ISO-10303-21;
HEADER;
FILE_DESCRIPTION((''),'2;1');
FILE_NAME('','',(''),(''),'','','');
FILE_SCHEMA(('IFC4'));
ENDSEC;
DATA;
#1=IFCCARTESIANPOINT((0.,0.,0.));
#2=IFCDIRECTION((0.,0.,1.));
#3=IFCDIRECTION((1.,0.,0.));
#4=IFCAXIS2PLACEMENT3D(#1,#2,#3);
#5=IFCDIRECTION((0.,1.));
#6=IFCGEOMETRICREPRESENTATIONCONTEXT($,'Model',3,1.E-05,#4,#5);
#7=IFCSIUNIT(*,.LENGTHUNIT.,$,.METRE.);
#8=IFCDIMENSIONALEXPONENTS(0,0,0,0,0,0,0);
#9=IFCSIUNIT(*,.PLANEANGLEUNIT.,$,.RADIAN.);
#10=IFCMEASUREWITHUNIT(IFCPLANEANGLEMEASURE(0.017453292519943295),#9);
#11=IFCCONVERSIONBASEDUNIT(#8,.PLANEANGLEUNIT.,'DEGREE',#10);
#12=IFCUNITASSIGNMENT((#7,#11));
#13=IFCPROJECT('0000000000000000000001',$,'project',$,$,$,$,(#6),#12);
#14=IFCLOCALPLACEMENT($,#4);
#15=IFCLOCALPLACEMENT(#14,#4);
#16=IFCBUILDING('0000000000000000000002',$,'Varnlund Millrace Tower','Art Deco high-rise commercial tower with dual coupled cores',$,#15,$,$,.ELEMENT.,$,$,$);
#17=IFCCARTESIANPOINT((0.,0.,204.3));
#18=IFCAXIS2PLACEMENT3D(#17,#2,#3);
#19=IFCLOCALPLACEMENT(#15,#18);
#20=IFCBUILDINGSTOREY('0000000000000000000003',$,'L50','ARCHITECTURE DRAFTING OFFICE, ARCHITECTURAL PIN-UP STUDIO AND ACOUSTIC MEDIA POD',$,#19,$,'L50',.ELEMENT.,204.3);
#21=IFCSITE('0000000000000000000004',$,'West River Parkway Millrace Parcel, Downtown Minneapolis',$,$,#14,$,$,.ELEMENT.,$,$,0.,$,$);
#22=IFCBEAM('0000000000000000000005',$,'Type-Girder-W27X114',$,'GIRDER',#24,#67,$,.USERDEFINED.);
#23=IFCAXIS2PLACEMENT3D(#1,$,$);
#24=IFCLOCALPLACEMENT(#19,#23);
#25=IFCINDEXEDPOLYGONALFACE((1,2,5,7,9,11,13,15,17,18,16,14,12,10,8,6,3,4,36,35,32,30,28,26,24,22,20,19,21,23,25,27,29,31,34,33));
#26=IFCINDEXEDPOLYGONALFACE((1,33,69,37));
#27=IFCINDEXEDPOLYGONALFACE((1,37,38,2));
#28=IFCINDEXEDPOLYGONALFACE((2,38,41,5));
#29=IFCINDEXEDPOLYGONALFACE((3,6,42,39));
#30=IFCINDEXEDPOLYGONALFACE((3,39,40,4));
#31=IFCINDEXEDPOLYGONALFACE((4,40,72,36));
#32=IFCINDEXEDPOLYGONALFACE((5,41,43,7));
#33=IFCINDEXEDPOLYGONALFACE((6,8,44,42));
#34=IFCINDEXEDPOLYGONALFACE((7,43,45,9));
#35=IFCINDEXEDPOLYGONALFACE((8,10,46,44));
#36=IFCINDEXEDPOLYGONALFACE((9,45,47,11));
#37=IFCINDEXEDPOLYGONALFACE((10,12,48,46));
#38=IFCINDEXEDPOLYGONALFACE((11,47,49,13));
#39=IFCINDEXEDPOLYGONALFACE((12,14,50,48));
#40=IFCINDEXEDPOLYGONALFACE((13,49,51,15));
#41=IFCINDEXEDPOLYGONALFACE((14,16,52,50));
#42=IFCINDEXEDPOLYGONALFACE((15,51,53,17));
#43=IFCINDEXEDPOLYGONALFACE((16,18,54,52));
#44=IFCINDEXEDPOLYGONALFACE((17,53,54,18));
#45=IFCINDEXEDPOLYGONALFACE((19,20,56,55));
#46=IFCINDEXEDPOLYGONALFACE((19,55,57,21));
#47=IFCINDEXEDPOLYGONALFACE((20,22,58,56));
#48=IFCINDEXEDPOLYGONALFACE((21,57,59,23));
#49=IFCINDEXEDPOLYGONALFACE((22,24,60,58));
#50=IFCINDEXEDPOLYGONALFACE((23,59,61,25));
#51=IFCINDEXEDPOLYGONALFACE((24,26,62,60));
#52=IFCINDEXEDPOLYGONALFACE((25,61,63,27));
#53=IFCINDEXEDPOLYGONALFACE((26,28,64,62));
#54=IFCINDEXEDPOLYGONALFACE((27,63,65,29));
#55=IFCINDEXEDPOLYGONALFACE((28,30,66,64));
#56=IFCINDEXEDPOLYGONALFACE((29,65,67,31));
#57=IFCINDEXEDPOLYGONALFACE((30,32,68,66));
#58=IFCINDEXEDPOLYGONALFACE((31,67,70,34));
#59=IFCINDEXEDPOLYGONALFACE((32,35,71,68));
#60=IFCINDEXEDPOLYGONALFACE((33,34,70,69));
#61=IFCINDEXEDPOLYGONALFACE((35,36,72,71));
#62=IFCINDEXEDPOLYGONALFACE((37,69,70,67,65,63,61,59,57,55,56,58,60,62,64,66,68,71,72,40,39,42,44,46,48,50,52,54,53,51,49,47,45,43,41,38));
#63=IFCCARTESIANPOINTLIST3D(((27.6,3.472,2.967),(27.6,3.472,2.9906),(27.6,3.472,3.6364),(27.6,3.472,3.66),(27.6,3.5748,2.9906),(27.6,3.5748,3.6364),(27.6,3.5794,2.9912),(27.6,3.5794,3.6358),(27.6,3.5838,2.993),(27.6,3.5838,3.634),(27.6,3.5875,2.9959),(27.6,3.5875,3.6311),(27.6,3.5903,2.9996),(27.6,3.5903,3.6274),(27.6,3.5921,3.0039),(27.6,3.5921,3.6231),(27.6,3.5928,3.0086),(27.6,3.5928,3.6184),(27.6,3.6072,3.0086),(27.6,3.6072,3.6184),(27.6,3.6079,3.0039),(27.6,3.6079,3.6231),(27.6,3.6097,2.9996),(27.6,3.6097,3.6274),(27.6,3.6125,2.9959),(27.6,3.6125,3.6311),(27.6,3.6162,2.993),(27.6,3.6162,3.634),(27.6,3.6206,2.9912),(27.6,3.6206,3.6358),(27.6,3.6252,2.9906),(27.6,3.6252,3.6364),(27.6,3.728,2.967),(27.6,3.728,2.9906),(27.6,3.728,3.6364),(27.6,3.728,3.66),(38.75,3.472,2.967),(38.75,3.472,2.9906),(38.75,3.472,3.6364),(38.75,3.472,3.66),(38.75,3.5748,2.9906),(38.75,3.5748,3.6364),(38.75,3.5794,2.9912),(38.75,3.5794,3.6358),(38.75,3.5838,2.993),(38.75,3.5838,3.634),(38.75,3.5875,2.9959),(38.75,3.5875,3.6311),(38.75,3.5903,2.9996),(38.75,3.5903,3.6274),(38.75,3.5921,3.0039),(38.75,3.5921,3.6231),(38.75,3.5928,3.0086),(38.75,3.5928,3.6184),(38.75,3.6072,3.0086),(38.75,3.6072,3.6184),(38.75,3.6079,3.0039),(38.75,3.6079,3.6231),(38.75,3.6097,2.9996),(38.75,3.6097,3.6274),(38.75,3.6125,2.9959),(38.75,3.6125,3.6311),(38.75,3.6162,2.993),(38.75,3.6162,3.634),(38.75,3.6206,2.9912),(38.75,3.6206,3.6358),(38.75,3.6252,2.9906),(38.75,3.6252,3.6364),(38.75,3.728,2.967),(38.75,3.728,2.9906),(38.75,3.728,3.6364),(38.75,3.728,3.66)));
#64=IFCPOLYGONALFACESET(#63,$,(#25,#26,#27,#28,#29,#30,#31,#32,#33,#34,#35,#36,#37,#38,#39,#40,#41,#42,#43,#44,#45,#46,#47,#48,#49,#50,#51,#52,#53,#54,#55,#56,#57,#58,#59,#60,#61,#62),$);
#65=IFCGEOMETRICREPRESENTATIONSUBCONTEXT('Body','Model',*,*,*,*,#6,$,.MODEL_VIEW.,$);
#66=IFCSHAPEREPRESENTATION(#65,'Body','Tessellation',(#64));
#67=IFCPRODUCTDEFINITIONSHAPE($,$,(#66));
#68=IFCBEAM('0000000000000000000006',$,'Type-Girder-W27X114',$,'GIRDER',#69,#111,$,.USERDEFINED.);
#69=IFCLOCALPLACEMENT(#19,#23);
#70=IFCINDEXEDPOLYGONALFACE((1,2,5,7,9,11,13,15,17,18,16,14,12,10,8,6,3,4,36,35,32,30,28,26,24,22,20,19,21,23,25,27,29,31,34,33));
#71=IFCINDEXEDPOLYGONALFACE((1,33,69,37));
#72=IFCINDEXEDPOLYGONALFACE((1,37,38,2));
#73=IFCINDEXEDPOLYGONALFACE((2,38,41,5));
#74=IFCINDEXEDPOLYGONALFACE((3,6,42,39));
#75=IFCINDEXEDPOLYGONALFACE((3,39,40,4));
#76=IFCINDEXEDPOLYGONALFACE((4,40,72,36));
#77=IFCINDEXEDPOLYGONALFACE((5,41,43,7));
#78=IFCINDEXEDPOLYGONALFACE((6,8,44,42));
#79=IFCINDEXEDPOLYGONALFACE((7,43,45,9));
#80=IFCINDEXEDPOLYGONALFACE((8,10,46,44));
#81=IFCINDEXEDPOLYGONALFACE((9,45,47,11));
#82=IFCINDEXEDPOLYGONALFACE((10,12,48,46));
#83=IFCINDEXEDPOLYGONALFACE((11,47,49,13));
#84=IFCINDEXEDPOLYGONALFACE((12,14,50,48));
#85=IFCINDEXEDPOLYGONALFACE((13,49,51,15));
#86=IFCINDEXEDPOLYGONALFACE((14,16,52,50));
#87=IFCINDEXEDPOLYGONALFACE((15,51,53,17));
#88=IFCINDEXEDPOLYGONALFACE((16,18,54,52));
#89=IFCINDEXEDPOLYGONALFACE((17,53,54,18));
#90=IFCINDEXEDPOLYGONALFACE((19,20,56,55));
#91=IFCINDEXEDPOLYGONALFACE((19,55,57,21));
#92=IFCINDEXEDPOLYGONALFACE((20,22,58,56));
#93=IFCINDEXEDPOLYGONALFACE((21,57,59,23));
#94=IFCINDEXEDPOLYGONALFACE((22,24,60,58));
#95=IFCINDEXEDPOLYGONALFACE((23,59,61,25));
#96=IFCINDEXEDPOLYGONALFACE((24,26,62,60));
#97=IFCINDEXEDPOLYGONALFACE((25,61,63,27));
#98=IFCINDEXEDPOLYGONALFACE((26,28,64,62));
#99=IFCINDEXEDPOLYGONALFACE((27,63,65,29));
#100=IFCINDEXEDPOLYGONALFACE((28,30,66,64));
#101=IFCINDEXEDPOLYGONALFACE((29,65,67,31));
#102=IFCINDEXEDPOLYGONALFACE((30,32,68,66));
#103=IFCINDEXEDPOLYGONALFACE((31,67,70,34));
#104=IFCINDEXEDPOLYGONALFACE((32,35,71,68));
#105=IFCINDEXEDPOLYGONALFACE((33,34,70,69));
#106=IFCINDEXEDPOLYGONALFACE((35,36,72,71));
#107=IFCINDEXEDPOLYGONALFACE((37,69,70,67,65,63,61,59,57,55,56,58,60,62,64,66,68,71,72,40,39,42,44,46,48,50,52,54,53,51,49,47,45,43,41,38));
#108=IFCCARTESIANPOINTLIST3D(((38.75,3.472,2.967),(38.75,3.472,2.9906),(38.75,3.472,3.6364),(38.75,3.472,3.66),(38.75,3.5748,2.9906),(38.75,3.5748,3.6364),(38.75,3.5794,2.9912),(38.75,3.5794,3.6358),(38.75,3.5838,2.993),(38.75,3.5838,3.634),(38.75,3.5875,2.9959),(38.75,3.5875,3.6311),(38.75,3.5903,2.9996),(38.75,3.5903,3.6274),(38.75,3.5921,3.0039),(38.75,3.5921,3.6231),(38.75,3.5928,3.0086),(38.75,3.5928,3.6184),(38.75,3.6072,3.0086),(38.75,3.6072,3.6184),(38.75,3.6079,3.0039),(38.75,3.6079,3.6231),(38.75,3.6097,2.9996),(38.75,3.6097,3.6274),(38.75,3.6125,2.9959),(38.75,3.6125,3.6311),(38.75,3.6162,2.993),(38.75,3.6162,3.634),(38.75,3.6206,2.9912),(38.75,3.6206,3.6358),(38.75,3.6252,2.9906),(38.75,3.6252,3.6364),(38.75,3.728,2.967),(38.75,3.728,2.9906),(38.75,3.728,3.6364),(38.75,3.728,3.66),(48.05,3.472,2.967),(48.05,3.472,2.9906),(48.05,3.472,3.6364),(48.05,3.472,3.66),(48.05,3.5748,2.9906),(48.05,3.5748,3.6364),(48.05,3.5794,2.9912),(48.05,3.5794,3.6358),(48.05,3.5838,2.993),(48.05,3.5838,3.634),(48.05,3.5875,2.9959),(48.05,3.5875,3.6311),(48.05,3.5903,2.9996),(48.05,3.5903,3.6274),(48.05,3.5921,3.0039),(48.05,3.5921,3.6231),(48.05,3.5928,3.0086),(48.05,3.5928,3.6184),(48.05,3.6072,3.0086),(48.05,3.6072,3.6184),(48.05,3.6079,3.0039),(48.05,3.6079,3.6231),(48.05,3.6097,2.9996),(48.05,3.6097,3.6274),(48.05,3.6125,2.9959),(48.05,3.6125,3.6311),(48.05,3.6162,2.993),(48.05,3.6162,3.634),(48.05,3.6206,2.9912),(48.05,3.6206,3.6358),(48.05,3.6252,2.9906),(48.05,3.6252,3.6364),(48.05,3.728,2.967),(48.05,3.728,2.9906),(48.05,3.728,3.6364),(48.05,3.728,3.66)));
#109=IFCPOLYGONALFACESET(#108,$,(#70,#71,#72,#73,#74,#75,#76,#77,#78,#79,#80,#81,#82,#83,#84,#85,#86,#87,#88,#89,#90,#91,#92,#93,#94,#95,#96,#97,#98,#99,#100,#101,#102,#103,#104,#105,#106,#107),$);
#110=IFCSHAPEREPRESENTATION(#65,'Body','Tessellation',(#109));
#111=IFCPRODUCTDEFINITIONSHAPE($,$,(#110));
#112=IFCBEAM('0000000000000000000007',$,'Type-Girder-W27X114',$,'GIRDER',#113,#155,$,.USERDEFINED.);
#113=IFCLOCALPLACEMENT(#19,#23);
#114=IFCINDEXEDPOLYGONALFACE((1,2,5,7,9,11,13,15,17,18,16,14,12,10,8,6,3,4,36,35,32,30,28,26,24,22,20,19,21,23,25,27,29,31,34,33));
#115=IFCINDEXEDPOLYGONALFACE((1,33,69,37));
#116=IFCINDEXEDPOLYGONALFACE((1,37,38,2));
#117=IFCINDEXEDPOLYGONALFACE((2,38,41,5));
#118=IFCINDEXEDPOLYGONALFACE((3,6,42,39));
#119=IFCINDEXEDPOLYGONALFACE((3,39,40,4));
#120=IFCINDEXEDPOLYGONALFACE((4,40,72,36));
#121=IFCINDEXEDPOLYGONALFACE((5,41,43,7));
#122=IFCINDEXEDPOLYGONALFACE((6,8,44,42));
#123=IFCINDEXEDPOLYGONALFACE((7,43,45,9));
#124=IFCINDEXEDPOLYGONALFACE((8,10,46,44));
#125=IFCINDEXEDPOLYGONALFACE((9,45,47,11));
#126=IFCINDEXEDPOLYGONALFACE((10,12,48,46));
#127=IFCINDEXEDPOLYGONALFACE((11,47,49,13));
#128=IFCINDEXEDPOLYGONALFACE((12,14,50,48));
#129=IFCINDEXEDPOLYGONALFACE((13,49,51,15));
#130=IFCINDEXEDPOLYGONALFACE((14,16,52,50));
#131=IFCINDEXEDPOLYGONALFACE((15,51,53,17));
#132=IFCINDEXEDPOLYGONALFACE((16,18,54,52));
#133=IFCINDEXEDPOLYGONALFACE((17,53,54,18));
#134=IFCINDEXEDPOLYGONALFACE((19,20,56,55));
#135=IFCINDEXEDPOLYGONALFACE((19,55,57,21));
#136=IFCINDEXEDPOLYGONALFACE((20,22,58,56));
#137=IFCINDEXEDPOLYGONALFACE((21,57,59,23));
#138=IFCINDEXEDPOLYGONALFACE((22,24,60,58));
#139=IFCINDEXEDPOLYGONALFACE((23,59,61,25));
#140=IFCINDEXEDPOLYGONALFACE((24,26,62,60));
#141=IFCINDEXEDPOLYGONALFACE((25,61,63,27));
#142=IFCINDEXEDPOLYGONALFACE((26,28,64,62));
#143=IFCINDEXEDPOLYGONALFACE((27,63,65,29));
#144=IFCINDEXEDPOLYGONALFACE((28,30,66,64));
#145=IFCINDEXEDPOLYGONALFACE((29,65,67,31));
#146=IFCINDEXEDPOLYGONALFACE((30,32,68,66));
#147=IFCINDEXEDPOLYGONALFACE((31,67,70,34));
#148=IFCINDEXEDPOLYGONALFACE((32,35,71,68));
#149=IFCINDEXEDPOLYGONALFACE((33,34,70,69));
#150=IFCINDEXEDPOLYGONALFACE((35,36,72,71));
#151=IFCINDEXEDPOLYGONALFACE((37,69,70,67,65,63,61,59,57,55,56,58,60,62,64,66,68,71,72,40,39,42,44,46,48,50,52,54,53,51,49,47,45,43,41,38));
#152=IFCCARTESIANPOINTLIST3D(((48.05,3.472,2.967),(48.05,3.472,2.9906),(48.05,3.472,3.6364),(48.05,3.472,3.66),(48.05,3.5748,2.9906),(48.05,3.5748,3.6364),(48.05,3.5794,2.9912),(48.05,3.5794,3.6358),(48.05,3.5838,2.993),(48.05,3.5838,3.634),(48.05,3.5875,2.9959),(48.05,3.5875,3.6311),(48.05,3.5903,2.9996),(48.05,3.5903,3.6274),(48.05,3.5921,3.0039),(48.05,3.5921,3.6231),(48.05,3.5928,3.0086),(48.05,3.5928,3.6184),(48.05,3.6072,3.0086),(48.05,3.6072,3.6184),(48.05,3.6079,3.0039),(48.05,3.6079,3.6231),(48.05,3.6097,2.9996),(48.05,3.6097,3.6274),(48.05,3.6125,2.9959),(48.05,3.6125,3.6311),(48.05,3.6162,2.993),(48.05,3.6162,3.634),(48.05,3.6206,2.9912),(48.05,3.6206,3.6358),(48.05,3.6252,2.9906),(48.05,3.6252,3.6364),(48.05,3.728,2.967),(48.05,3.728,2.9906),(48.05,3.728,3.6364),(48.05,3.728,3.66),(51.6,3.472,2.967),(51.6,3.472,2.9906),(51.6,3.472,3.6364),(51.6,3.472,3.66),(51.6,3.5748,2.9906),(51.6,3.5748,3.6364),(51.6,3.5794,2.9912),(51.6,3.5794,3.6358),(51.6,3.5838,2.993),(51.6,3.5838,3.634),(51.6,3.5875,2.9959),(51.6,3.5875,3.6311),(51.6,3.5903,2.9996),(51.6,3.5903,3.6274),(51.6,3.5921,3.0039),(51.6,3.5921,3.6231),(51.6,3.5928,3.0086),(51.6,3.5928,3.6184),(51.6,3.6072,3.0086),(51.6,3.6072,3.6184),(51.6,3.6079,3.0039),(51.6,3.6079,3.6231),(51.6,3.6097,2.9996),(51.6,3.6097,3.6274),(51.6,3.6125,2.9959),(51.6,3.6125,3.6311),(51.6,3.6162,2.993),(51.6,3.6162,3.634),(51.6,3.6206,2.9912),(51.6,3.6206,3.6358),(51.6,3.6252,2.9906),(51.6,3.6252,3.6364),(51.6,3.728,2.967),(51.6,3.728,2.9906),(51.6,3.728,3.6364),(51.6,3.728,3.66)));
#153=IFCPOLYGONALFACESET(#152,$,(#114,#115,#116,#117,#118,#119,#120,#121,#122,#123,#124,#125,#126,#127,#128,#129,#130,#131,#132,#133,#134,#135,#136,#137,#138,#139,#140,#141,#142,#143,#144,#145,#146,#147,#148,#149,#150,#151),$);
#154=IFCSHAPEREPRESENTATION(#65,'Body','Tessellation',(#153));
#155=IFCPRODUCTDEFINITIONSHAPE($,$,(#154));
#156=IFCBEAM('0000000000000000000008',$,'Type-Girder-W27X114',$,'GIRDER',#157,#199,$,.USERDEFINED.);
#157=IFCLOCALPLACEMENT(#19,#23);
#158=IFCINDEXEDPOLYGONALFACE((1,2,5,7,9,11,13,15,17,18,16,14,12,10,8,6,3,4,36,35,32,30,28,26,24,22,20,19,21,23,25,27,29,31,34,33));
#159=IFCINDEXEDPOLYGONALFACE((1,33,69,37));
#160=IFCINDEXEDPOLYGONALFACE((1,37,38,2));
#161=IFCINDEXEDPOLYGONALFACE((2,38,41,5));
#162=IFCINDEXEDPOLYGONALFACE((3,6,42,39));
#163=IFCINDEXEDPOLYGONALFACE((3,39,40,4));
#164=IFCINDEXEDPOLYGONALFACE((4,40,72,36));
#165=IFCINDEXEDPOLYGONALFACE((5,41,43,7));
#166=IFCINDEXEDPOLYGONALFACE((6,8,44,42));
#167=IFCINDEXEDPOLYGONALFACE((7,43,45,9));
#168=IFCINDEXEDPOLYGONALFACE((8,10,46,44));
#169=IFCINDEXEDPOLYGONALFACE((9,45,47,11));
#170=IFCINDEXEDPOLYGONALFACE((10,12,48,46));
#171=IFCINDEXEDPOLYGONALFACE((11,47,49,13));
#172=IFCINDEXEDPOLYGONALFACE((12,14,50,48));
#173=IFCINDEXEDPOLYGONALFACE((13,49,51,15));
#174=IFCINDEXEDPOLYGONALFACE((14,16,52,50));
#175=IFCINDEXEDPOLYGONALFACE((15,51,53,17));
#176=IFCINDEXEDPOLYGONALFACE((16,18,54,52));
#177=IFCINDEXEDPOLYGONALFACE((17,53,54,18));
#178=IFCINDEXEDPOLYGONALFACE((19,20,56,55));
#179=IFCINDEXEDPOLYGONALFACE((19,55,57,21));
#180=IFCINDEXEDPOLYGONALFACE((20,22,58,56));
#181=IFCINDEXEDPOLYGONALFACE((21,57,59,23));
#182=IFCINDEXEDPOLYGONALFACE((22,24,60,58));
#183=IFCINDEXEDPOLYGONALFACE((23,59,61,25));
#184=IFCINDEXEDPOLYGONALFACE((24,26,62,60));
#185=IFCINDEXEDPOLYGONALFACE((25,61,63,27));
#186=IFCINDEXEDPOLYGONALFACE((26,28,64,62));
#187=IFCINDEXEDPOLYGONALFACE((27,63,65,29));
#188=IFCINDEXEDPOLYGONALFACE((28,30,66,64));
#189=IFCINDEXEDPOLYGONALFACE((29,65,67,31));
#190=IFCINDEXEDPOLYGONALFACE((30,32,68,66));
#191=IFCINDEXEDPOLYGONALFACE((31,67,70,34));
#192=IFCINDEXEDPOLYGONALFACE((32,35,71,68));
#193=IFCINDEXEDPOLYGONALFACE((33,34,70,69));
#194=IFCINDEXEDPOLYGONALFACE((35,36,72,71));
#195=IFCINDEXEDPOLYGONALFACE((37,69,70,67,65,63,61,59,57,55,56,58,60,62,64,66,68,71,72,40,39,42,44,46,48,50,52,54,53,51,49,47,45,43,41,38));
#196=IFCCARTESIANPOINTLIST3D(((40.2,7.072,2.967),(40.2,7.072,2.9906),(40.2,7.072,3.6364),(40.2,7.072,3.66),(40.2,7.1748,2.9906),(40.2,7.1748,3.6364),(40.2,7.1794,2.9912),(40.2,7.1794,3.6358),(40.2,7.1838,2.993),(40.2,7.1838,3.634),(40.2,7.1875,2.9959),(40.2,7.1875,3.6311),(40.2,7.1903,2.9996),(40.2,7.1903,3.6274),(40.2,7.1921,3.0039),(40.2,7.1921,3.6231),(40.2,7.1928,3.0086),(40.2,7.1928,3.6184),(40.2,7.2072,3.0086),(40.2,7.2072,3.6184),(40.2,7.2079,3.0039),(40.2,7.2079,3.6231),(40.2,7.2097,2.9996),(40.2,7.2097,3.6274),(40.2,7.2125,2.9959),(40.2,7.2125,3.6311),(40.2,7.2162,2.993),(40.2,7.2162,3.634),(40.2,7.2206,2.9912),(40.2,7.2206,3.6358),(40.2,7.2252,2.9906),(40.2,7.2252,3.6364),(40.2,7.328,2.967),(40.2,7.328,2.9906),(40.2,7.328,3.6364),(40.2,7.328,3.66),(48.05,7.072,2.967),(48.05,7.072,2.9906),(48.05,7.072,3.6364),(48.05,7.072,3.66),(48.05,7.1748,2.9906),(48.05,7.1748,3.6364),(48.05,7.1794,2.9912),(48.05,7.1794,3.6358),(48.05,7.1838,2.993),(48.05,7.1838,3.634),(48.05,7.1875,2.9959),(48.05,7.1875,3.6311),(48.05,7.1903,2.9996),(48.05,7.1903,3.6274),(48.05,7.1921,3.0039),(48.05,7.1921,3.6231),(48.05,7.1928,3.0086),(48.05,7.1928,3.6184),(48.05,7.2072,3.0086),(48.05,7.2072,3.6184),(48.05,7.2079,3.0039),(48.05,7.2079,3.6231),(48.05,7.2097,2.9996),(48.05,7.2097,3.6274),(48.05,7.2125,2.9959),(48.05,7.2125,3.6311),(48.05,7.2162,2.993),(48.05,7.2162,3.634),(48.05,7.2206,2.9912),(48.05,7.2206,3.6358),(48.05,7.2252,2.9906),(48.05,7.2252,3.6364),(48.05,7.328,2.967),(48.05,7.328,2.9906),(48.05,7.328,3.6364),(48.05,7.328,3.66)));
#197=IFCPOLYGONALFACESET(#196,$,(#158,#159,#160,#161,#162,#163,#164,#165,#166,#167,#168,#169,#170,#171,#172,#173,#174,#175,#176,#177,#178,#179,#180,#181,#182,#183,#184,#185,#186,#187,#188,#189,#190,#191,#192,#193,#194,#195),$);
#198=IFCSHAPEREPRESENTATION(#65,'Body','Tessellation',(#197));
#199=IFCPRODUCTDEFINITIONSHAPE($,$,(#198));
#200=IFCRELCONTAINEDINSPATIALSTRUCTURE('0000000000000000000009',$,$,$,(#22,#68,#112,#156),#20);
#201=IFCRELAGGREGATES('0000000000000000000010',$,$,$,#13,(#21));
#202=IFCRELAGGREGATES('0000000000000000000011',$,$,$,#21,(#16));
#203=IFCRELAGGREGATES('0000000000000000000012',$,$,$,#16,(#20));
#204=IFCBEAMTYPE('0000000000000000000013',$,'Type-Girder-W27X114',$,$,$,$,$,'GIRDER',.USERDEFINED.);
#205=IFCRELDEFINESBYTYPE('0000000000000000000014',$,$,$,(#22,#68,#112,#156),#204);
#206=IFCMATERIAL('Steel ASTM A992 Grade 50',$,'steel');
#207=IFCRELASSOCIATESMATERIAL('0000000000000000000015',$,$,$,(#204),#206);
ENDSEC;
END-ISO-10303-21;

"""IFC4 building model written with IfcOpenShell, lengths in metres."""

from ifc_helpers import new_model, entity, si_unit, converted_unit, direction, frame, origin_with_axes, origin_2d_with_axis, place, context, subcontext, project, spatial, i_section, extrude, material, material_profile, profile_set, type_object, element, save


model = new_model("IFC4")

# Units and contexts
model_context = context("Model", 3, precision=1e-05, world=origin_with_axes(), true_north=direction((0.0, 1.0)))
body_context = subcontext(model_context, "Body", "Model", "MODEL_VIEW")
ifc_project = project(units=[si_unit("LENGTHUNIT", "METRE"), converted_unit("PLANEANGLEUNIT", "DEGREE", entity("IfcPlaneAngleMeasure", 0.017453292519943295), si_unit("PLANEANGLEUNIT", "RADIAN"), dimensions=[0, 0, 0, 0, 0, 0, 0])], contexts=[model_context])

# Site, building, storey
site_placement = place(None, origin_with_axes())
site = spatial("IfcSite", under=ifc_project, at=site_placement, Name="West River Parkway Millrace Parcel, Downtown Minneapolis", CompositionType="ELEMENT", RefElevation=0.0)
building_placement = place(site_placement, origin_with_axes())
building = spatial("IfcBuilding", under=site, at=building_placement, Name="Varnlund Millrace Tower", Description="Art Deco high-rise commercial tower with dual coupled cores", CompositionType="ELEMENT")
storey_placement = place(building_placement, frame((0.0, 0.0, 204.3), z_axis=(0.0, 0.0, 1.0), x_axis=(1.0, 0.0, 0.0)))
storey = spatial("IfcBuildingStorey", under=building, at=storey_placement, Name="L50", Description="ARCHITECTURE DRAFTING OFFICE, ARCHITECTURAL PIN-UP STUDIO AND ACOUSTIC MEDIA POD", LongName="L50", CompositionType="ELEMENT", Elevation=204.3)

# Beams
ifc_material_1 = material(Name="Steel ASTM A992 Grade 50", Category="steel")
ifc_material_profile_1 = material_profile(ifc_material_1, i_section(OverallWidth=0.256, OverallDepth=0.693, WebThickness=0.0145, FlangeThickness=0.0236, FilletRadius=0.018, at=origin_2d_with_axis()), Name="Steel ASTM A992 Grade 50")
ifc_profile_set_1 = profile_set([ifc_material_profile_1], Name="Steel ASTM A992 Grade 50")
beam_type_1 = type_object("IfcBeamType", Name="Type-Girder-W27X114", ElementType="GIRDER", PredefinedType="USERDEFINED", material=ifc_profile_set_1)
beam_1_placement = place(storey_placement, frame((27.6, 3.6, 3.3135), z_axis=(1.0, 0.0, 0.0), x_axis=(0.0, 1.0, 0.0)))
element("IfcBeam", 1, at=beam_1_placement, inside=storey, type_object=beam_type_1, Name="Type-Girder-W27X114", ObjectType="GIRDER", PredefinedType="USERDEFINED", context=body_context, shape_type="SweptSolid", body=[
    extrude(i_section(OverallWidth=0.256, OverallDepth=0.693, WebThickness=0.0145, FlangeThickness=0.0236, FilletRadius=0.018, at=origin_2d_with_axis()), origin_with_axes(), (0.0, 0.0, 1.0), 11.15),
])
beam_2_placement = place(storey_placement, frame((38.75, 3.6, 3.3135), z_axis=(1.0, 0.0, 0.0), x_axis=(0.0, 1.0, 0.0)))
element("IfcBeam", 2, at=beam_2_placement, inside=storey, type_object=beam_type_1, Name="Type-Girder-W27X114", ObjectType="GIRDER", PredefinedType="USERDEFINED", context=body_context, shape_type="SweptSolid", body=[
    extrude(i_section(OverallWidth=0.256, OverallDepth=0.693, WebThickness=0.0145, FlangeThickness=0.0236, FilletRadius=0.018, at=origin_2d_with_axis()), origin_with_axes(), (0.0, 0.0, 1.0), 9.3),
])
beam_3_placement = place(storey_placement, frame((48.05, 3.6, 3.3135), z_axis=(1.0, 0.0, 0.0), x_axis=(0.0, 1.0, 0.0)))
element("IfcBeam", 3, at=beam_3_placement, inside=storey, type_object=beam_type_1, Name="Type-Girder-W27X114", ObjectType="GIRDER", PredefinedType="USERDEFINED", context=body_context, shape_type="SweptSolid", body=[
    extrude(i_section(OverallWidth=0.256, OverallDepth=0.693, WebThickness=0.0145, FlangeThickness=0.0236, FilletRadius=0.018, at=origin_2d_with_axis()), origin_with_axes(), (0.0, 0.0, 1.0), 3.55),
])
beam_4_placement = place(storey_placement, frame((40.2, 7.2, 3.3135), z_axis=(1.0, 0.0, 0.0), x_axis=(0.0, 1.0, 0.0)))
element("IfcBeam", 4, at=beam_4_placement, inside=storey, type_object=beam_type_1, Name="Type-Girder-W27X114", ObjectType="GIRDER", PredefinedType="USERDEFINED", context=body_context, shape_type="SweptSolid", body=[
    extrude(i_section(OverallWidth=0.256, OverallDepth=0.693, WebThickness=0.0145, FlangeThickness=0.0236, FilletRadius=0.018, at=origin_2d_with_axis()), origin_with_axes(), (0.0, 0.0, 1.0), 7.85),
])

save(model, "model.ifc")
